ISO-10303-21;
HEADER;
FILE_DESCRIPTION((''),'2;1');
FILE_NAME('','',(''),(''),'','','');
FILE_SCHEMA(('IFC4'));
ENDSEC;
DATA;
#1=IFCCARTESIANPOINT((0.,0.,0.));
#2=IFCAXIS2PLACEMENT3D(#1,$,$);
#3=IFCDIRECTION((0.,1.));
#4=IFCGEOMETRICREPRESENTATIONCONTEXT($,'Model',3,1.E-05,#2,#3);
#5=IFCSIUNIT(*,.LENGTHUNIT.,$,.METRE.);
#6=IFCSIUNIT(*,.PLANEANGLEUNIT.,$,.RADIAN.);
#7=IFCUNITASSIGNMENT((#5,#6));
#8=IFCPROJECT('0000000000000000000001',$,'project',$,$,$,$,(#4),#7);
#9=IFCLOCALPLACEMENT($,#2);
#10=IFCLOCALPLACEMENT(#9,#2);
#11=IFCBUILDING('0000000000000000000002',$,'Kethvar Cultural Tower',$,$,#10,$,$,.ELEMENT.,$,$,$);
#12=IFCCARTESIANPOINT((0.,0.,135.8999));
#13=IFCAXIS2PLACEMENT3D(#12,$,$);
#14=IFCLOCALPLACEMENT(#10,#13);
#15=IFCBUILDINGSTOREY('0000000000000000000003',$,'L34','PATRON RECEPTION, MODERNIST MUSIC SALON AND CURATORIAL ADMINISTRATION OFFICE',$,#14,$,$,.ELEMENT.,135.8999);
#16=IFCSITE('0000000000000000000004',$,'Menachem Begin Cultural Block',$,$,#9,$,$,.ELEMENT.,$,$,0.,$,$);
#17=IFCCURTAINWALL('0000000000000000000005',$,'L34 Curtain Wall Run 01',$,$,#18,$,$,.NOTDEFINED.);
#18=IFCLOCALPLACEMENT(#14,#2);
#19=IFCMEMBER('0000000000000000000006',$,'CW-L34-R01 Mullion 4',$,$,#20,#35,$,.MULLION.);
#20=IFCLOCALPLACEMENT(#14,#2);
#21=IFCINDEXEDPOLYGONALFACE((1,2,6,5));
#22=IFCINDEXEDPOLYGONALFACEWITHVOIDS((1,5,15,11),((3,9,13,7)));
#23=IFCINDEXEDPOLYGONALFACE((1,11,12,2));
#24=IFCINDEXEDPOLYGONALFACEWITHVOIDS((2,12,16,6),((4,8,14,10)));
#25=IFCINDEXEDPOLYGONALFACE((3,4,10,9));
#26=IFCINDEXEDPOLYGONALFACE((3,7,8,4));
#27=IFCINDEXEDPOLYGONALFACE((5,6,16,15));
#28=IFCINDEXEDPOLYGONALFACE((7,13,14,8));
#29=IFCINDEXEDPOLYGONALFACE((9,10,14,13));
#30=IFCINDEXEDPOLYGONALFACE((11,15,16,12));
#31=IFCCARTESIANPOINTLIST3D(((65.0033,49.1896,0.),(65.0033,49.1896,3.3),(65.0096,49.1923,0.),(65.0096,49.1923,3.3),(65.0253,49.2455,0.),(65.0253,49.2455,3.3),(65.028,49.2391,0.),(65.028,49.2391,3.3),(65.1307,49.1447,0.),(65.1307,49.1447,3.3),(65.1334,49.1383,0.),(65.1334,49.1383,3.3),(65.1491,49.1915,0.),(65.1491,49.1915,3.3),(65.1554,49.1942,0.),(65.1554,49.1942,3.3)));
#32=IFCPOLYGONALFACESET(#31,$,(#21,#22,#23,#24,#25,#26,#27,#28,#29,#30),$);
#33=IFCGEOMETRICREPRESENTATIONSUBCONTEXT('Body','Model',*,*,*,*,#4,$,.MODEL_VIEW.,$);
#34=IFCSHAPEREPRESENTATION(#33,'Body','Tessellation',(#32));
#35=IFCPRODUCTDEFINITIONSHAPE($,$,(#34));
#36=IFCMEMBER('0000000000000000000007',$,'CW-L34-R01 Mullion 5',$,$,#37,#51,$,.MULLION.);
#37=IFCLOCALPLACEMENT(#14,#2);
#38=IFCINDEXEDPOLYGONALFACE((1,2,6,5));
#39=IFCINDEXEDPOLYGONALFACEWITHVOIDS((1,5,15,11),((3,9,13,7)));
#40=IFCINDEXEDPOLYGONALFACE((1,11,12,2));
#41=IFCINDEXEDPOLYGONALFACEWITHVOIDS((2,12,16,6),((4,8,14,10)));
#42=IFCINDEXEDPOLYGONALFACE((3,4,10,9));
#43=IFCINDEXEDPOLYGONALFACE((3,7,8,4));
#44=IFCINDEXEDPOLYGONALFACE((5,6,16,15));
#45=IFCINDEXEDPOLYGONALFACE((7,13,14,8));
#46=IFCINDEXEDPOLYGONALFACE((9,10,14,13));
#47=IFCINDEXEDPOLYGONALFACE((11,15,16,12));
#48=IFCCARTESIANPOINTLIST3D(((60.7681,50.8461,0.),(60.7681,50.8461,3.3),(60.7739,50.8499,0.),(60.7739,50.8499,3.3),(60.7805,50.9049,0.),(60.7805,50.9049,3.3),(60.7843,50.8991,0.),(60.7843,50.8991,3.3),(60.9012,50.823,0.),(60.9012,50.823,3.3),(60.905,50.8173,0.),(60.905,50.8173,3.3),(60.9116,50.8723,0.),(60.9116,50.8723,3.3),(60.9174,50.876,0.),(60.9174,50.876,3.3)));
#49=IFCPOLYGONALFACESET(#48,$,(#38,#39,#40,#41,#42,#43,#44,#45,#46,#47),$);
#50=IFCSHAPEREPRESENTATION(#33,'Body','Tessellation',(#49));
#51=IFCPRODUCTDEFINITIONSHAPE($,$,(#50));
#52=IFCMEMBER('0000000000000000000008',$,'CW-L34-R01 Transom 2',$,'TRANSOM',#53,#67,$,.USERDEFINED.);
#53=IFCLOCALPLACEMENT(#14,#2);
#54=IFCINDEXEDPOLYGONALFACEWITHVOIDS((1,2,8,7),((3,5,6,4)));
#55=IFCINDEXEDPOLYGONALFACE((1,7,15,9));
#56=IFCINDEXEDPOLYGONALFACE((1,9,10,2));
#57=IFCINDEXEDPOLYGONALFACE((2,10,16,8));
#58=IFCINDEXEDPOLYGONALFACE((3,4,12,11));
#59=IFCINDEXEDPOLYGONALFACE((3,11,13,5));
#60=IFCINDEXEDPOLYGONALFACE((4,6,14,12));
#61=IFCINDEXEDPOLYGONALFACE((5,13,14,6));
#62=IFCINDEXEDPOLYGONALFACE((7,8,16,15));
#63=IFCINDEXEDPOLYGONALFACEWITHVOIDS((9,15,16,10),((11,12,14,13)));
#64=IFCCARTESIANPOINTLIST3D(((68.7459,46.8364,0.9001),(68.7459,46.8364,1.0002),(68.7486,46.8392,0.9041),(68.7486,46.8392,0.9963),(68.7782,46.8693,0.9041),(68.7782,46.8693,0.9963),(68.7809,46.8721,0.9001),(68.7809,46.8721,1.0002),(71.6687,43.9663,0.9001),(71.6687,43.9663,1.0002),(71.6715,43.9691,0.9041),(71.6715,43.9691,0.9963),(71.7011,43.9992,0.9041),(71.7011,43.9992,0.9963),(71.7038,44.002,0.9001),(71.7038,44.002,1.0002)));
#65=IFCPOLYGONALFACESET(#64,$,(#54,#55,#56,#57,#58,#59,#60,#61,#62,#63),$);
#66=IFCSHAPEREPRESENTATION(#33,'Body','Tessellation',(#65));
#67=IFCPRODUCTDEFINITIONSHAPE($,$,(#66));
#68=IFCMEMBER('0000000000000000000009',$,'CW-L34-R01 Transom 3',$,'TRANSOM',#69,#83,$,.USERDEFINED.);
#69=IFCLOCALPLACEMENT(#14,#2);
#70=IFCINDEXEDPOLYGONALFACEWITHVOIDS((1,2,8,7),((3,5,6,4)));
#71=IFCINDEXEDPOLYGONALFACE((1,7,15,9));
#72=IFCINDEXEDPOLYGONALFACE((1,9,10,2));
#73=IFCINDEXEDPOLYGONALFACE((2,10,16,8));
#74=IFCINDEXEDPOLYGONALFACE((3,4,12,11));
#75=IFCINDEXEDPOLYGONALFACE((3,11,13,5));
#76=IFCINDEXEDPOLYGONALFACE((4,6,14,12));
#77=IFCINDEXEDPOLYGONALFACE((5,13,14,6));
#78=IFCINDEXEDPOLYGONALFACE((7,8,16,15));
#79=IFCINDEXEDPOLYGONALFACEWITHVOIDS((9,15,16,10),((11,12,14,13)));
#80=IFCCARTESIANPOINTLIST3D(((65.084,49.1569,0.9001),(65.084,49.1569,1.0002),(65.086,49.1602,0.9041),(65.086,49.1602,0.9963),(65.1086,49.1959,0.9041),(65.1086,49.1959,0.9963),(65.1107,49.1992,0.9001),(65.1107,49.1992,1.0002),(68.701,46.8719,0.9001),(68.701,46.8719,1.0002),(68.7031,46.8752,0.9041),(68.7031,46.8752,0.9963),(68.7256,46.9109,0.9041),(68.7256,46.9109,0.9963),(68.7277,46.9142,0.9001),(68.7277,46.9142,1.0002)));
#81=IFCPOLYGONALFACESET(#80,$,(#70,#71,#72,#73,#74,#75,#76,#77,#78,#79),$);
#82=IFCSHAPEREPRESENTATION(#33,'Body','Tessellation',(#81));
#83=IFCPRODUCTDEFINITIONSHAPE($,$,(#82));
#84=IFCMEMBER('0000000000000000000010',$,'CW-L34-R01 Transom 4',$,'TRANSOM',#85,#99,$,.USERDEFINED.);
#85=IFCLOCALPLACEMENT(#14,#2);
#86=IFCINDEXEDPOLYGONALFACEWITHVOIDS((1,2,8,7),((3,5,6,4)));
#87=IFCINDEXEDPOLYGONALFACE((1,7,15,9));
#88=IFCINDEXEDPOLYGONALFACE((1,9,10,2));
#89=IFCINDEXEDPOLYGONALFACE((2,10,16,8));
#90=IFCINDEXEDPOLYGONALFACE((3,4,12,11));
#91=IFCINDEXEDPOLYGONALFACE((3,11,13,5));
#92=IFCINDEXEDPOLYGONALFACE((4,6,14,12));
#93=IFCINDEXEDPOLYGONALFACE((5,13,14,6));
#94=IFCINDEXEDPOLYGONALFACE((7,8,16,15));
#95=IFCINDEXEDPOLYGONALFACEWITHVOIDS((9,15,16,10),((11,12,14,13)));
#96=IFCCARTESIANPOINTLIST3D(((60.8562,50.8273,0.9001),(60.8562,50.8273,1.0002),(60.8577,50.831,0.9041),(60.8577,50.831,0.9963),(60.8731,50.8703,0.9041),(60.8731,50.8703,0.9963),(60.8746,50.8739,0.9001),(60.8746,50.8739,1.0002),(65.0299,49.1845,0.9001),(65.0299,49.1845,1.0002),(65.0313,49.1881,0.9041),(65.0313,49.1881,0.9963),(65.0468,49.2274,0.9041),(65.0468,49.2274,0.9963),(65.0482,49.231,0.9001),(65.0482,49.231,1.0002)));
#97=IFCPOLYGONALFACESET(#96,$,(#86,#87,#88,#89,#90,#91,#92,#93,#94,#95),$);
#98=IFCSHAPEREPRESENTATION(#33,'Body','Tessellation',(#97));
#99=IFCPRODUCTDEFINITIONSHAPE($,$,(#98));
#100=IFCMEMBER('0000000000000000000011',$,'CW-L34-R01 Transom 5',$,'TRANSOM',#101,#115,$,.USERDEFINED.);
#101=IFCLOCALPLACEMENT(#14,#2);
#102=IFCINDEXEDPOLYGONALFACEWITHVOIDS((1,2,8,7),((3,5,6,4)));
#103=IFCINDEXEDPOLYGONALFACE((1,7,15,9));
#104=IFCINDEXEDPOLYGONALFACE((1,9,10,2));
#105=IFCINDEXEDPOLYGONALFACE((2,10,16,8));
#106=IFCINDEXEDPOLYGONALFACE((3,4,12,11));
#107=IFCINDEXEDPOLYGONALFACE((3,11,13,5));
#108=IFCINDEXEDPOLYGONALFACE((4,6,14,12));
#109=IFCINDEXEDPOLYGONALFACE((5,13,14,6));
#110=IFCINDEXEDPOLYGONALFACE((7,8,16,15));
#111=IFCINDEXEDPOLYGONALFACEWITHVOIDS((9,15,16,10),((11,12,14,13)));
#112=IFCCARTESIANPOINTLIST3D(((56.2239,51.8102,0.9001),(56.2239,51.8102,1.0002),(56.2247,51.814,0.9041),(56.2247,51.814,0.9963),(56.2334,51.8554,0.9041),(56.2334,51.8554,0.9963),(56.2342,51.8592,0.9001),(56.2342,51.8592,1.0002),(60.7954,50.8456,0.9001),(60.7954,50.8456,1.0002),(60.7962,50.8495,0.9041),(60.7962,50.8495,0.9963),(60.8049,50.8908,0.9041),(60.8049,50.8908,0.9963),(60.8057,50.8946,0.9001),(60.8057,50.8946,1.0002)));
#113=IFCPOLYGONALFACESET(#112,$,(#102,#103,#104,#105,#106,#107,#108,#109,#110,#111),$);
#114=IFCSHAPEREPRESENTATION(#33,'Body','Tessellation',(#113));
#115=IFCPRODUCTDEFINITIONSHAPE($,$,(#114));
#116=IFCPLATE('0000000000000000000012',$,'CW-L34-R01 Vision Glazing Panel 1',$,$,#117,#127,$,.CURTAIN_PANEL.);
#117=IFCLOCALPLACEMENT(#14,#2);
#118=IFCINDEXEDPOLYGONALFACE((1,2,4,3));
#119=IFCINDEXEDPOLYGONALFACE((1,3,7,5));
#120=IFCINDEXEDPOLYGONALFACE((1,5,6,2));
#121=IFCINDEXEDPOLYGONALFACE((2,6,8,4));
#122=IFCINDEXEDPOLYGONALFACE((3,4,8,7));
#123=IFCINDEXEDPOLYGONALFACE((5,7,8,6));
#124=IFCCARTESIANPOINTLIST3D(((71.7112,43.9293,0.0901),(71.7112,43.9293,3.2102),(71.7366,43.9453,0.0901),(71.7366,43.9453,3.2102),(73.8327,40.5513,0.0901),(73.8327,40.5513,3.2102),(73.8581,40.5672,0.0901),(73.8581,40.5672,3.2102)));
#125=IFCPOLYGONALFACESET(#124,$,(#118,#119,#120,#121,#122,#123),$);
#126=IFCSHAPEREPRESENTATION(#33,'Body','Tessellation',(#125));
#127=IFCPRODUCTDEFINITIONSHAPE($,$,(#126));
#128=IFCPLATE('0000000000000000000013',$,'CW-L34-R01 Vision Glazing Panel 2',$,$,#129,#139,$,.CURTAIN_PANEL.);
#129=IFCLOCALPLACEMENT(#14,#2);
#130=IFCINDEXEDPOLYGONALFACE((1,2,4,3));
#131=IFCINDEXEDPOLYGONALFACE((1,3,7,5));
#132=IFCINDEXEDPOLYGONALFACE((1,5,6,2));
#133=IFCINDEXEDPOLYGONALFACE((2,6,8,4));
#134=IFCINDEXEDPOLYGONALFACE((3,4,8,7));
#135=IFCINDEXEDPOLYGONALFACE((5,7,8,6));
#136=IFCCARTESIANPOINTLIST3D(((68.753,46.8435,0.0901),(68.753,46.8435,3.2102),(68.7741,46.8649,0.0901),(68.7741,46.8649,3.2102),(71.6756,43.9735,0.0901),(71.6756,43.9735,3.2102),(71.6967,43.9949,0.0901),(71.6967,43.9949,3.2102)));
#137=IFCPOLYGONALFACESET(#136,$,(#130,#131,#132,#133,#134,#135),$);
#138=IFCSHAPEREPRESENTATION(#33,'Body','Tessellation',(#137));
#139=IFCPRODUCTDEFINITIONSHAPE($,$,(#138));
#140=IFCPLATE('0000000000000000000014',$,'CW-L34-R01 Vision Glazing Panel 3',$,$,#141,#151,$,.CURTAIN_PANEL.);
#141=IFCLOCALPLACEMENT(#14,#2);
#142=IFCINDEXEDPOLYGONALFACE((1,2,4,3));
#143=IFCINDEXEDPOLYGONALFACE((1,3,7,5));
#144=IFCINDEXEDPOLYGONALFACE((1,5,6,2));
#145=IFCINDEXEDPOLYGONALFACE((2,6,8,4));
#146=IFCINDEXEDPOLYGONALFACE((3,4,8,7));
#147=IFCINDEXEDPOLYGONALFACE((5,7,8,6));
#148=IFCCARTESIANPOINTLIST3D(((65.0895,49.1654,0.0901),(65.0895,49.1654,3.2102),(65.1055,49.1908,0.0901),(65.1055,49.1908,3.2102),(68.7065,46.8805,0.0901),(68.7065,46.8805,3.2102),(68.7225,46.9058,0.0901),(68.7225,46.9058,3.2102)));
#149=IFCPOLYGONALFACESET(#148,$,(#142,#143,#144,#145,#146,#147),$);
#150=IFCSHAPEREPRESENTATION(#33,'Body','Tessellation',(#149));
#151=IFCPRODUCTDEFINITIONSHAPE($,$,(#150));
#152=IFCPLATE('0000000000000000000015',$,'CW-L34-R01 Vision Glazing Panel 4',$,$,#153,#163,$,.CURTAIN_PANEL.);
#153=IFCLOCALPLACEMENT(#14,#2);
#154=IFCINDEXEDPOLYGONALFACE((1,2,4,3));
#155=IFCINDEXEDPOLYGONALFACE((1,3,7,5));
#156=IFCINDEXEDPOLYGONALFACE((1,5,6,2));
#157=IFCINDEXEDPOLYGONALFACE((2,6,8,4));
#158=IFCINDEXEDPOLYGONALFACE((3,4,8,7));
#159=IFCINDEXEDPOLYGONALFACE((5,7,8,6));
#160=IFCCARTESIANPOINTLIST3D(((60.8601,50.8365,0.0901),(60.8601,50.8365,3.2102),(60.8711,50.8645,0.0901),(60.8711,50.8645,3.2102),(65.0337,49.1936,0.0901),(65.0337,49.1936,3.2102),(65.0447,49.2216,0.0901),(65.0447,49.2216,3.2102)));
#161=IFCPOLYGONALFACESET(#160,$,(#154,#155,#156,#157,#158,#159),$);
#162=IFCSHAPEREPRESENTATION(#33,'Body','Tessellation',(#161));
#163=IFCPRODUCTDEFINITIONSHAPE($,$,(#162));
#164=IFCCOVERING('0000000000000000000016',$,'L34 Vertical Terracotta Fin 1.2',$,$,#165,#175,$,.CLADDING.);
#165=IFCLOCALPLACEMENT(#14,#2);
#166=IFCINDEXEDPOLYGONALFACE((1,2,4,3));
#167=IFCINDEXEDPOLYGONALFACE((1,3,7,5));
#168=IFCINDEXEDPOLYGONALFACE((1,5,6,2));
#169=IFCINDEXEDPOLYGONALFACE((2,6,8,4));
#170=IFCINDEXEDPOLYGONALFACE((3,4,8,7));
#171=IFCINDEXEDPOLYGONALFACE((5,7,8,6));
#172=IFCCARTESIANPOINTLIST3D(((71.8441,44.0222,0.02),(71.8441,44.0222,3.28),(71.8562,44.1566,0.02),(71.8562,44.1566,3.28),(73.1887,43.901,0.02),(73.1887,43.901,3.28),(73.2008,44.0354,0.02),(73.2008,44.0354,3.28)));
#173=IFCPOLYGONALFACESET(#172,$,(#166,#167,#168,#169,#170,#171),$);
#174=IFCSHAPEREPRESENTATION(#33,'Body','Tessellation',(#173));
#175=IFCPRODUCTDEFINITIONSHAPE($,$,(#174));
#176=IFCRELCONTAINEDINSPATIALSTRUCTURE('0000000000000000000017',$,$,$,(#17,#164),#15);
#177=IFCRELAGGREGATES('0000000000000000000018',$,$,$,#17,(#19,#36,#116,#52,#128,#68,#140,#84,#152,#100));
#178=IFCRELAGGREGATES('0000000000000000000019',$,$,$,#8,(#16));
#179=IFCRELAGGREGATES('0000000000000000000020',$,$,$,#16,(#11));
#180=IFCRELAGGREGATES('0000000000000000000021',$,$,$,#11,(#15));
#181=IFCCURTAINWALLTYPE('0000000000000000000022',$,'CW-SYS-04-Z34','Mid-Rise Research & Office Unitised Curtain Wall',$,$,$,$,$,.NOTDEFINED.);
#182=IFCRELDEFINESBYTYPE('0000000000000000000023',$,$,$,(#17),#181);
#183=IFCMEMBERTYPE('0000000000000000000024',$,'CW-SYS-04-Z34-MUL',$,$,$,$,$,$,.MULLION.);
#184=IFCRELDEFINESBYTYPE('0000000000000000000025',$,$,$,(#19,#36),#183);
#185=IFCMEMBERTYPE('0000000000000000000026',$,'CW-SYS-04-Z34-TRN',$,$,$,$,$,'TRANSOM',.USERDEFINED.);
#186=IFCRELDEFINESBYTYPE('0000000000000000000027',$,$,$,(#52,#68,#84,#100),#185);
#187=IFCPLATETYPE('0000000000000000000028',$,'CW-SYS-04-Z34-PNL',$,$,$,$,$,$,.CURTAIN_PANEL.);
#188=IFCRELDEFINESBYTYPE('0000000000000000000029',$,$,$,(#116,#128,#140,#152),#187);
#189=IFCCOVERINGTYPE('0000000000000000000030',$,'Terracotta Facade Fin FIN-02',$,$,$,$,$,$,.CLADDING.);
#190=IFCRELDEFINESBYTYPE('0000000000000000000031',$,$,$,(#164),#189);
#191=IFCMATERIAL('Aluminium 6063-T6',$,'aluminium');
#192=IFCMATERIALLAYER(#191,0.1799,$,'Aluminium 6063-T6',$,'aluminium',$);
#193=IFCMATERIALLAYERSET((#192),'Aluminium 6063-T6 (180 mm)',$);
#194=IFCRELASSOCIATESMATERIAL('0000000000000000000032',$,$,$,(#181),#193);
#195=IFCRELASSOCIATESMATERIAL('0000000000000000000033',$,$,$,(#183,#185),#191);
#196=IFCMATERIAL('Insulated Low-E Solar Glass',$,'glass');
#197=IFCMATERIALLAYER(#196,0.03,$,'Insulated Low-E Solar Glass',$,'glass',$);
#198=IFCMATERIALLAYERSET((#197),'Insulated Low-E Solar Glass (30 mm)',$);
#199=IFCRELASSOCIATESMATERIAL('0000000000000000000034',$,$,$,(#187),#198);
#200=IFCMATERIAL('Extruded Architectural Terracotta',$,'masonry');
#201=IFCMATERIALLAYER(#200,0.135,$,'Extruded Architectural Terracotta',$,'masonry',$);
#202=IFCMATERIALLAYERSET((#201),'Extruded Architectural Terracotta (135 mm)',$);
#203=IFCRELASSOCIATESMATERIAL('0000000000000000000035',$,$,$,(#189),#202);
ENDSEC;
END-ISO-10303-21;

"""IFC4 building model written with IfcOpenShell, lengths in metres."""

from ifc_helpers import new_model, si_unit, direction, frame, origin, origin_2d, place, context, subcontext, project, spatial, rectangle, hollow_rectangle, extrude, source, transform, mapped, material, layer, layer_set, material_profile, profile_set, type_object, element, aggregate, save


model = new_model("IFC4")

# Units and contexts
model_context = context("Model", 3, precision=1e-05, world=origin(), true_north=direction((0.0, 1.0)))
body_context = subcontext(model_context, "Body", "Model", "MODEL_VIEW")
ifc_project = project(units=[si_unit("LENGTHUNIT", "METRE"), si_unit("PLANEANGLEUNIT", "RADIAN")], contexts=[model_context])

# Site, building, storey
site_placement = place(None, origin())
site = spatial("IfcSite", under=ifc_project, at=site_placement, Name="Menachem Begin Cultural Block", CompositionType="ELEMENT", RefElevation=0.0)
building_placement = place(site_placement, origin())
building = spatial("IfcBuilding", under=site, at=building_placement, Name="Kethvar Cultural Tower", CompositionType="ELEMENT")
storey_placement = place(building_placement, frame((0.0, 0.0, 135.8999)))
storey = spatial("IfcBuildingStorey", under=building, at=storey_placement, Name="L34", Description="PATRON RECEPTION, MODERNIST MUSIC SALON AND CURATORIAL ADMINISTRATION OFFICE", CompositionType="ELEMENT", Elevation=135.8999)

# Curtain wall, members, plates
ifc_material_1 = material(Name="Aluminium 6063-T6", Category="aluminium")
ifc_layer_1 = layer(ifc_material_1, 0.1799, Name="Aluminium 6063-T6", Category="aluminium")
ifc_layer_set_1 = layer_set([ifc_layer_1], Name="Aluminium 6063-T6 (180 mm)")
curtain_wall_type = type_object("IfcCurtainWallType", Name="CW-SYS-04-Z34", Description="Mid-Rise Research & Office Unitised Curtain Wall", PredefinedType="NOTDEFINED", material=ifc_layer_set_1)
curtain_wall_placement = place(storey_placement, origin())
curtain_wall = element("IfcCurtainWall", 1, at=curtain_wall_placement, inside=storey, type_object=curtain_wall_type, Name="L34 Curtain Wall Run 01", PredefinedType="NOTDEFINED")
ifc_material_profile_1 = material_profile(ifc_material_1, hollow_rectangle(XDim=0.0601, YDim=0.1399, WallThickness=0.0049, at=origin_2d()), Name="Aluminium 6063-T6 — RHS140x60x5")
ifc_profile_set_1 = profile_set([ifc_material_profile_1], Name="Aluminium 6063-T6 — RHS140x60x5")
member_type_1 = type_object("IfcMemberType", Name="CW-SYS-04-Z34-MUL", PredefinedType="MULLION", material=ifc_profile_set_1)
shared_shape_1 = source(origin(), body_context, "Body", "SweptSolid", [
    extrude(hollow_rectangle(XDim=0.0601, YDim=0.1399, WallThickness=0.0049, at=origin_2d()), origin(), (0.0, 0.0, 1.0), 3.3),
])
member_1_placement = place(storey_placement, frame((65.0793, 49.1919, 0.0), z_axis=(0.0, 0.0, 1.0), x_axis=(-0.366274, -0.930507, 0.0)))
member_1 = element("IfcMember", 2, at=member_1_placement, type_object=member_type_1, Name="CW-L34-R01 Mullion 4", PredefinedType="MULLION", context=body_context, shape_type="MappedRepresentation", body=[
    mapped(shared_shape_1, transform((0.0, 0.0, 0.0), scale=1.0)),
])
member_2_placement = place(storey_placement, frame((60.8428, 50.8611, 0.0), z_axis=(0.0, 0.0, 1.0), x_axis=(-0.206495, -0.978448, 0.0)))
member_2 = element("IfcMember", 3, at=member_2_placement, type_object=member_type_1, Name="CW-L34-R01 Mullion 5", PredefinedType="MULLION", context=body_context, shape_type="MappedRepresentation", body=[
    mapped(shared_shape_1, transform((0.0, 0.0, 0.0), scale=1.0)),
])
ifc_material_profile_2 = material_profile(ifc_material_1, hollow_rectangle(XDim=0.05, YDim=0.1001, WallThickness=0.0039, at=origin_2d()), Name="Aluminium 6063-T6 — RHS100x50x4")
ifc_profile_set_2 = profile_set([ifc_material_profile_2], Name="Aluminium 6063-T6 — RHS100x50x4")
member_type_2 = type_object("IfcMemberType", Name="CW-SYS-04-Z34-TRN", ElementType="TRANSOM", PredefinedType="USERDEFINED", material=ifc_profile_set_2)
shared_shape_2 = source(origin(), body_context, "Body", "SweptSolid", [
    extrude(hollow_rectangle(XDim=0.05, YDim=0.1001, WallThickness=0.0039, at=origin_2d()), origin(), (0.0, 0.0, 1.0), 4.0964),
])
member_3_placement = place(storey_placement, frame((71.6863, 43.9841, 0.9502), z_axis=(-0.713514, 0.700641, 0.0), x_axis=(-0.700641, -0.713514, 0.0)))
member_3 = element("IfcMember", 4, at=member_3_placement, type_object=member_type_2, Name="CW-L34-R01 Transom 2", ObjectType="TRANSOM", PredefinedType="USERDEFINED", context=body_context, shape_type="MappedRepresentation", body=[
    mapped(shared_shape_2, transform((0.0, 0.0, 0.0), scale=1.0)),
])
shared_shape_3 = source(origin(), body_context, "Body", "SweptSolid", [
    extrude(hollow_rectangle(XDim=0.05, YDim=0.1001, WallThickness=0.0039, at=origin_2d()), origin(), (0.0, 0.0, 1.0), 4.2783),
])
member_4_placement = place(storey_placement, frame((68.7144, 46.8931, 0.9502), z_axis=(-0.845433, 0.534081, 0.0), x_axis=(-0.534081, -0.845433, 0.0)))
member_4 = element("IfcMember", 5, at=member_4_placement, type_object=member_type_2, Name="CW-L34-R01 Transom 3", ObjectType="TRANSOM", PredefinedType="USERDEFINED", context=body_context, shape_type="MappedRepresentation", body=[
    mapped(shared_shape_3, transform((0.0, 0.0, 0.0), scale=1.0)),
])
shared_shape_4 = source(origin(), body_context, "Body", "SweptSolid", [
    extrude(hollow_rectangle(XDim=0.05, YDim=0.1001, WallThickness=0.0039, at=origin_2d()), origin(), (0.0, 0.0, 1.0), 4.4854),
])
member_5_placement = place(storey_placement, frame((65.0391, 49.2078, 0.9502), z_axis=(-0.930508, 0.36627, 0.0), x_axis=(-0.36627, -0.930508, 0.0)))
member_5 = element("IfcMember", 6, at=member_5_placement, type_object=member_type_2, Name="CW-L34-R01 Transom 4", ObjectType="TRANSOM", PredefinedType="USERDEFINED", context=body_context, shape_type="MappedRepresentation", body=[
    mapped(shared_shape_4, transform((0.0, 0.0, 0.0), scale=1.0)),
])
shared_shape_5 = source(origin(), body_context, "Body", "SweptSolid", [
    extrude(hollow_rectangle(XDim=0.05, YDim=0.1001, WallThickness=0.0039, at=origin_2d()), origin(), (0.0, 0.0, 1.0), 4.6721),
])
member_6_placement = place(storey_placement, frame((60.8005, 50.8701, 0.9502), z_axis=(-0.978456, 0.206456, 0.0), x_axis=(-0.206456, -0.978456, 0.0)))
member_6 = element("IfcMember", 7, at=member_6_placement, type_object=member_type_2, Name="CW-L34-R01 Transom 5", ObjectType="TRANSOM", PredefinedType="USERDEFINED", context=body_context, shape_type="MappedRepresentation", body=[
    mapped(shared_shape_5, transform((0.0, 0.0, 0.0), scale=1.0)),
])
ifc_material_2 = material(Name="Insulated Low-E Solar Glass", Category="glass")
ifc_layer_2 = layer(ifc_material_2, 0.03, Name="Insulated Low-E Solar Glass", Category="glass")
ifc_layer_set_2 = layer_set([ifc_layer_2], Name="Insulated Low-E Solar Glass (30 mm)")
plate_type = type_object("IfcPlateType", Name="CW-SYS-04-Z34-PNL", PredefinedType="CURTAIN_PANEL", material=ifc_layer_set_2)
shared_shape_6 = source(origin(), body_context, "Body", "SweptSolid", [
    extrude(rectangle(XDim=3.989, YDim=0.03, at=origin_2d()), origin(), (0.0, 0.0, 1.0), 3.1201),
])
plate_1_placement = place(storey_placement, frame((72.7847, 42.2483, 0.0901), z_axis=(0.0, 0.0, 1.0), x_axis=(-0.531842, 0.846844, 0.0)))
plate_1 = element("IfcPlate", 8, at=plate_1_placement, type_object=plate_type, Name="CW-L34-R01 Vision Glazing Panel 1", PredefinedType="CURTAIN_PANEL", context=body_context, shape_type="MappedRepresentation", body=[
    mapped(shared_shape_6, transform((0.0, 0.0, 0.0), scale=1.0)),
])
shared_shape_7 = source(origin(), body_context, "Body", "SweptSolid", [
    extrude(rectangle(XDim=4.0962, YDim=0.03, at=origin_2d()), origin(), (0.0, 0.0, 1.0), 3.1201),
])
plate_2_placement = place(storey_placement, frame((70.2249, 45.4192, 0.0901), z_axis=(0.0, 0.0, 1.0), x_axis=(-0.713495, 0.70066, 0.0)))
plate_2 = element("IfcPlate", 9, at=plate_2_placement, type_object=plate_type, Name="CW-L34-R01 Vision Glazing Panel 2", PredefinedType="CURTAIN_PANEL", context=body_context, shape_type="MappedRepresentation", body=[
    mapped(shared_shape_7, transform((0.0, 0.0, 0.0), scale=1.0)),
])
shared_shape_8 = source(origin(), body_context, "Body", "SweptSolid", [
    extrude(rectangle(XDim=4.2783, YDim=0.03, at=origin_2d()), origin(), (0.0, 0.0, 1.0), 3.1201),
])
plate_3_placement = place(storey_placement, frame((66.906, 48.0356, 0.0901), z_axis=(0.0, 0.0, 1.0), x_axis=(-0.84543, 0.534087, 0.0)))
plate_3 = element("IfcPlate", 10, at=plate_3_placement, type_object=plate_type, Name="CW-L34-R01 Vision Glazing Panel 3", PredefinedType="CURTAIN_PANEL", context=body_context, shape_type="MappedRepresentation", body=[
    mapped(shared_shape_8, transform((0.0, 0.0, 0.0), scale=1.0)),
])
shared_shape_9 = source(origin(), body_context, "Body", "SweptSolid", [
    extrude(rectangle(XDim=4.4854, YDim=0.03, at=origin_2d()), origin(), (0.0, 0.0, 1.0), 3.1201),
])
plate_4_placement = place(storey_placement, frame((62.9524, 50.0291, 0.0901), z_axis=(0.0, 0.0, 1.0), x_axis=(-0.930507, 0.366274, 0.0)))
plate_4 = element("IfcPlate", 11, at=plate_4_placement, type_object=plate_type, Name="CW-L34-R01 Vision Glazing Panel 4", PredefinedType="CURTAIN_PANEL", context=body_context, shape_type="MappedRepresentation", body=[
    mapped(shared_shape_9, transform((0.0, 0.0, 0.0), scale=1.0)),
])
aggregate(curtain_wall, [member_1, member_2, plate_1, member_3, plate_2, member_4, plate_3, member_5, plate_4, member_6])

# Covering
ifc_material_3 = material(Name="Extruded Architectural Terracotta", Category="masonry")
ifc_layer_3 = layer(ifc_material_3, 0.135, Name="Extruded Architectural Terracotta", Category="masonry")
ifc_layer_set_3 = layer_set([ifc_layer_3], Name="Extruded Architectural Terracotta (135 mm)")
covering_type = type_object("IfcCoveringType", Name="Terracotta Facade Fin FIN-02", PredefinedType="CLADDING", material=ifc_layer_set_3)
shared_shape_10 = source(origin(), body_context, "Body", "SweptSolid", [
    extrude(rectangle(XDim=1.3501, YDim=0.135, at=origin_2d()), origin(), (0.0, 0.0, 1.0), 3.26),
])
for number, where, z_axis, x_axis, name in (
    (12, (72.5225, 44.0288, 0.02), (0.0, 0.0, 1.0), (0.995963, -0.089763, 0.0), "L34 Vertical Terracotta Fin 1.2"),
):
    element("IfcCovering", number, at=place(storey_placement, frame(where, z_axis=z_axis, x_axis=x_axis)), inside=storey, type_object=covering_type, Name=name, PredefinedType="CLADDING", context=body_context, shape_type="MappedRepresentation", body=[
        mapped(shared_shape_10, transform((0.0, 0.0, 0.0), scale=1.0)),
    ])

save(model, "model.ifc")
